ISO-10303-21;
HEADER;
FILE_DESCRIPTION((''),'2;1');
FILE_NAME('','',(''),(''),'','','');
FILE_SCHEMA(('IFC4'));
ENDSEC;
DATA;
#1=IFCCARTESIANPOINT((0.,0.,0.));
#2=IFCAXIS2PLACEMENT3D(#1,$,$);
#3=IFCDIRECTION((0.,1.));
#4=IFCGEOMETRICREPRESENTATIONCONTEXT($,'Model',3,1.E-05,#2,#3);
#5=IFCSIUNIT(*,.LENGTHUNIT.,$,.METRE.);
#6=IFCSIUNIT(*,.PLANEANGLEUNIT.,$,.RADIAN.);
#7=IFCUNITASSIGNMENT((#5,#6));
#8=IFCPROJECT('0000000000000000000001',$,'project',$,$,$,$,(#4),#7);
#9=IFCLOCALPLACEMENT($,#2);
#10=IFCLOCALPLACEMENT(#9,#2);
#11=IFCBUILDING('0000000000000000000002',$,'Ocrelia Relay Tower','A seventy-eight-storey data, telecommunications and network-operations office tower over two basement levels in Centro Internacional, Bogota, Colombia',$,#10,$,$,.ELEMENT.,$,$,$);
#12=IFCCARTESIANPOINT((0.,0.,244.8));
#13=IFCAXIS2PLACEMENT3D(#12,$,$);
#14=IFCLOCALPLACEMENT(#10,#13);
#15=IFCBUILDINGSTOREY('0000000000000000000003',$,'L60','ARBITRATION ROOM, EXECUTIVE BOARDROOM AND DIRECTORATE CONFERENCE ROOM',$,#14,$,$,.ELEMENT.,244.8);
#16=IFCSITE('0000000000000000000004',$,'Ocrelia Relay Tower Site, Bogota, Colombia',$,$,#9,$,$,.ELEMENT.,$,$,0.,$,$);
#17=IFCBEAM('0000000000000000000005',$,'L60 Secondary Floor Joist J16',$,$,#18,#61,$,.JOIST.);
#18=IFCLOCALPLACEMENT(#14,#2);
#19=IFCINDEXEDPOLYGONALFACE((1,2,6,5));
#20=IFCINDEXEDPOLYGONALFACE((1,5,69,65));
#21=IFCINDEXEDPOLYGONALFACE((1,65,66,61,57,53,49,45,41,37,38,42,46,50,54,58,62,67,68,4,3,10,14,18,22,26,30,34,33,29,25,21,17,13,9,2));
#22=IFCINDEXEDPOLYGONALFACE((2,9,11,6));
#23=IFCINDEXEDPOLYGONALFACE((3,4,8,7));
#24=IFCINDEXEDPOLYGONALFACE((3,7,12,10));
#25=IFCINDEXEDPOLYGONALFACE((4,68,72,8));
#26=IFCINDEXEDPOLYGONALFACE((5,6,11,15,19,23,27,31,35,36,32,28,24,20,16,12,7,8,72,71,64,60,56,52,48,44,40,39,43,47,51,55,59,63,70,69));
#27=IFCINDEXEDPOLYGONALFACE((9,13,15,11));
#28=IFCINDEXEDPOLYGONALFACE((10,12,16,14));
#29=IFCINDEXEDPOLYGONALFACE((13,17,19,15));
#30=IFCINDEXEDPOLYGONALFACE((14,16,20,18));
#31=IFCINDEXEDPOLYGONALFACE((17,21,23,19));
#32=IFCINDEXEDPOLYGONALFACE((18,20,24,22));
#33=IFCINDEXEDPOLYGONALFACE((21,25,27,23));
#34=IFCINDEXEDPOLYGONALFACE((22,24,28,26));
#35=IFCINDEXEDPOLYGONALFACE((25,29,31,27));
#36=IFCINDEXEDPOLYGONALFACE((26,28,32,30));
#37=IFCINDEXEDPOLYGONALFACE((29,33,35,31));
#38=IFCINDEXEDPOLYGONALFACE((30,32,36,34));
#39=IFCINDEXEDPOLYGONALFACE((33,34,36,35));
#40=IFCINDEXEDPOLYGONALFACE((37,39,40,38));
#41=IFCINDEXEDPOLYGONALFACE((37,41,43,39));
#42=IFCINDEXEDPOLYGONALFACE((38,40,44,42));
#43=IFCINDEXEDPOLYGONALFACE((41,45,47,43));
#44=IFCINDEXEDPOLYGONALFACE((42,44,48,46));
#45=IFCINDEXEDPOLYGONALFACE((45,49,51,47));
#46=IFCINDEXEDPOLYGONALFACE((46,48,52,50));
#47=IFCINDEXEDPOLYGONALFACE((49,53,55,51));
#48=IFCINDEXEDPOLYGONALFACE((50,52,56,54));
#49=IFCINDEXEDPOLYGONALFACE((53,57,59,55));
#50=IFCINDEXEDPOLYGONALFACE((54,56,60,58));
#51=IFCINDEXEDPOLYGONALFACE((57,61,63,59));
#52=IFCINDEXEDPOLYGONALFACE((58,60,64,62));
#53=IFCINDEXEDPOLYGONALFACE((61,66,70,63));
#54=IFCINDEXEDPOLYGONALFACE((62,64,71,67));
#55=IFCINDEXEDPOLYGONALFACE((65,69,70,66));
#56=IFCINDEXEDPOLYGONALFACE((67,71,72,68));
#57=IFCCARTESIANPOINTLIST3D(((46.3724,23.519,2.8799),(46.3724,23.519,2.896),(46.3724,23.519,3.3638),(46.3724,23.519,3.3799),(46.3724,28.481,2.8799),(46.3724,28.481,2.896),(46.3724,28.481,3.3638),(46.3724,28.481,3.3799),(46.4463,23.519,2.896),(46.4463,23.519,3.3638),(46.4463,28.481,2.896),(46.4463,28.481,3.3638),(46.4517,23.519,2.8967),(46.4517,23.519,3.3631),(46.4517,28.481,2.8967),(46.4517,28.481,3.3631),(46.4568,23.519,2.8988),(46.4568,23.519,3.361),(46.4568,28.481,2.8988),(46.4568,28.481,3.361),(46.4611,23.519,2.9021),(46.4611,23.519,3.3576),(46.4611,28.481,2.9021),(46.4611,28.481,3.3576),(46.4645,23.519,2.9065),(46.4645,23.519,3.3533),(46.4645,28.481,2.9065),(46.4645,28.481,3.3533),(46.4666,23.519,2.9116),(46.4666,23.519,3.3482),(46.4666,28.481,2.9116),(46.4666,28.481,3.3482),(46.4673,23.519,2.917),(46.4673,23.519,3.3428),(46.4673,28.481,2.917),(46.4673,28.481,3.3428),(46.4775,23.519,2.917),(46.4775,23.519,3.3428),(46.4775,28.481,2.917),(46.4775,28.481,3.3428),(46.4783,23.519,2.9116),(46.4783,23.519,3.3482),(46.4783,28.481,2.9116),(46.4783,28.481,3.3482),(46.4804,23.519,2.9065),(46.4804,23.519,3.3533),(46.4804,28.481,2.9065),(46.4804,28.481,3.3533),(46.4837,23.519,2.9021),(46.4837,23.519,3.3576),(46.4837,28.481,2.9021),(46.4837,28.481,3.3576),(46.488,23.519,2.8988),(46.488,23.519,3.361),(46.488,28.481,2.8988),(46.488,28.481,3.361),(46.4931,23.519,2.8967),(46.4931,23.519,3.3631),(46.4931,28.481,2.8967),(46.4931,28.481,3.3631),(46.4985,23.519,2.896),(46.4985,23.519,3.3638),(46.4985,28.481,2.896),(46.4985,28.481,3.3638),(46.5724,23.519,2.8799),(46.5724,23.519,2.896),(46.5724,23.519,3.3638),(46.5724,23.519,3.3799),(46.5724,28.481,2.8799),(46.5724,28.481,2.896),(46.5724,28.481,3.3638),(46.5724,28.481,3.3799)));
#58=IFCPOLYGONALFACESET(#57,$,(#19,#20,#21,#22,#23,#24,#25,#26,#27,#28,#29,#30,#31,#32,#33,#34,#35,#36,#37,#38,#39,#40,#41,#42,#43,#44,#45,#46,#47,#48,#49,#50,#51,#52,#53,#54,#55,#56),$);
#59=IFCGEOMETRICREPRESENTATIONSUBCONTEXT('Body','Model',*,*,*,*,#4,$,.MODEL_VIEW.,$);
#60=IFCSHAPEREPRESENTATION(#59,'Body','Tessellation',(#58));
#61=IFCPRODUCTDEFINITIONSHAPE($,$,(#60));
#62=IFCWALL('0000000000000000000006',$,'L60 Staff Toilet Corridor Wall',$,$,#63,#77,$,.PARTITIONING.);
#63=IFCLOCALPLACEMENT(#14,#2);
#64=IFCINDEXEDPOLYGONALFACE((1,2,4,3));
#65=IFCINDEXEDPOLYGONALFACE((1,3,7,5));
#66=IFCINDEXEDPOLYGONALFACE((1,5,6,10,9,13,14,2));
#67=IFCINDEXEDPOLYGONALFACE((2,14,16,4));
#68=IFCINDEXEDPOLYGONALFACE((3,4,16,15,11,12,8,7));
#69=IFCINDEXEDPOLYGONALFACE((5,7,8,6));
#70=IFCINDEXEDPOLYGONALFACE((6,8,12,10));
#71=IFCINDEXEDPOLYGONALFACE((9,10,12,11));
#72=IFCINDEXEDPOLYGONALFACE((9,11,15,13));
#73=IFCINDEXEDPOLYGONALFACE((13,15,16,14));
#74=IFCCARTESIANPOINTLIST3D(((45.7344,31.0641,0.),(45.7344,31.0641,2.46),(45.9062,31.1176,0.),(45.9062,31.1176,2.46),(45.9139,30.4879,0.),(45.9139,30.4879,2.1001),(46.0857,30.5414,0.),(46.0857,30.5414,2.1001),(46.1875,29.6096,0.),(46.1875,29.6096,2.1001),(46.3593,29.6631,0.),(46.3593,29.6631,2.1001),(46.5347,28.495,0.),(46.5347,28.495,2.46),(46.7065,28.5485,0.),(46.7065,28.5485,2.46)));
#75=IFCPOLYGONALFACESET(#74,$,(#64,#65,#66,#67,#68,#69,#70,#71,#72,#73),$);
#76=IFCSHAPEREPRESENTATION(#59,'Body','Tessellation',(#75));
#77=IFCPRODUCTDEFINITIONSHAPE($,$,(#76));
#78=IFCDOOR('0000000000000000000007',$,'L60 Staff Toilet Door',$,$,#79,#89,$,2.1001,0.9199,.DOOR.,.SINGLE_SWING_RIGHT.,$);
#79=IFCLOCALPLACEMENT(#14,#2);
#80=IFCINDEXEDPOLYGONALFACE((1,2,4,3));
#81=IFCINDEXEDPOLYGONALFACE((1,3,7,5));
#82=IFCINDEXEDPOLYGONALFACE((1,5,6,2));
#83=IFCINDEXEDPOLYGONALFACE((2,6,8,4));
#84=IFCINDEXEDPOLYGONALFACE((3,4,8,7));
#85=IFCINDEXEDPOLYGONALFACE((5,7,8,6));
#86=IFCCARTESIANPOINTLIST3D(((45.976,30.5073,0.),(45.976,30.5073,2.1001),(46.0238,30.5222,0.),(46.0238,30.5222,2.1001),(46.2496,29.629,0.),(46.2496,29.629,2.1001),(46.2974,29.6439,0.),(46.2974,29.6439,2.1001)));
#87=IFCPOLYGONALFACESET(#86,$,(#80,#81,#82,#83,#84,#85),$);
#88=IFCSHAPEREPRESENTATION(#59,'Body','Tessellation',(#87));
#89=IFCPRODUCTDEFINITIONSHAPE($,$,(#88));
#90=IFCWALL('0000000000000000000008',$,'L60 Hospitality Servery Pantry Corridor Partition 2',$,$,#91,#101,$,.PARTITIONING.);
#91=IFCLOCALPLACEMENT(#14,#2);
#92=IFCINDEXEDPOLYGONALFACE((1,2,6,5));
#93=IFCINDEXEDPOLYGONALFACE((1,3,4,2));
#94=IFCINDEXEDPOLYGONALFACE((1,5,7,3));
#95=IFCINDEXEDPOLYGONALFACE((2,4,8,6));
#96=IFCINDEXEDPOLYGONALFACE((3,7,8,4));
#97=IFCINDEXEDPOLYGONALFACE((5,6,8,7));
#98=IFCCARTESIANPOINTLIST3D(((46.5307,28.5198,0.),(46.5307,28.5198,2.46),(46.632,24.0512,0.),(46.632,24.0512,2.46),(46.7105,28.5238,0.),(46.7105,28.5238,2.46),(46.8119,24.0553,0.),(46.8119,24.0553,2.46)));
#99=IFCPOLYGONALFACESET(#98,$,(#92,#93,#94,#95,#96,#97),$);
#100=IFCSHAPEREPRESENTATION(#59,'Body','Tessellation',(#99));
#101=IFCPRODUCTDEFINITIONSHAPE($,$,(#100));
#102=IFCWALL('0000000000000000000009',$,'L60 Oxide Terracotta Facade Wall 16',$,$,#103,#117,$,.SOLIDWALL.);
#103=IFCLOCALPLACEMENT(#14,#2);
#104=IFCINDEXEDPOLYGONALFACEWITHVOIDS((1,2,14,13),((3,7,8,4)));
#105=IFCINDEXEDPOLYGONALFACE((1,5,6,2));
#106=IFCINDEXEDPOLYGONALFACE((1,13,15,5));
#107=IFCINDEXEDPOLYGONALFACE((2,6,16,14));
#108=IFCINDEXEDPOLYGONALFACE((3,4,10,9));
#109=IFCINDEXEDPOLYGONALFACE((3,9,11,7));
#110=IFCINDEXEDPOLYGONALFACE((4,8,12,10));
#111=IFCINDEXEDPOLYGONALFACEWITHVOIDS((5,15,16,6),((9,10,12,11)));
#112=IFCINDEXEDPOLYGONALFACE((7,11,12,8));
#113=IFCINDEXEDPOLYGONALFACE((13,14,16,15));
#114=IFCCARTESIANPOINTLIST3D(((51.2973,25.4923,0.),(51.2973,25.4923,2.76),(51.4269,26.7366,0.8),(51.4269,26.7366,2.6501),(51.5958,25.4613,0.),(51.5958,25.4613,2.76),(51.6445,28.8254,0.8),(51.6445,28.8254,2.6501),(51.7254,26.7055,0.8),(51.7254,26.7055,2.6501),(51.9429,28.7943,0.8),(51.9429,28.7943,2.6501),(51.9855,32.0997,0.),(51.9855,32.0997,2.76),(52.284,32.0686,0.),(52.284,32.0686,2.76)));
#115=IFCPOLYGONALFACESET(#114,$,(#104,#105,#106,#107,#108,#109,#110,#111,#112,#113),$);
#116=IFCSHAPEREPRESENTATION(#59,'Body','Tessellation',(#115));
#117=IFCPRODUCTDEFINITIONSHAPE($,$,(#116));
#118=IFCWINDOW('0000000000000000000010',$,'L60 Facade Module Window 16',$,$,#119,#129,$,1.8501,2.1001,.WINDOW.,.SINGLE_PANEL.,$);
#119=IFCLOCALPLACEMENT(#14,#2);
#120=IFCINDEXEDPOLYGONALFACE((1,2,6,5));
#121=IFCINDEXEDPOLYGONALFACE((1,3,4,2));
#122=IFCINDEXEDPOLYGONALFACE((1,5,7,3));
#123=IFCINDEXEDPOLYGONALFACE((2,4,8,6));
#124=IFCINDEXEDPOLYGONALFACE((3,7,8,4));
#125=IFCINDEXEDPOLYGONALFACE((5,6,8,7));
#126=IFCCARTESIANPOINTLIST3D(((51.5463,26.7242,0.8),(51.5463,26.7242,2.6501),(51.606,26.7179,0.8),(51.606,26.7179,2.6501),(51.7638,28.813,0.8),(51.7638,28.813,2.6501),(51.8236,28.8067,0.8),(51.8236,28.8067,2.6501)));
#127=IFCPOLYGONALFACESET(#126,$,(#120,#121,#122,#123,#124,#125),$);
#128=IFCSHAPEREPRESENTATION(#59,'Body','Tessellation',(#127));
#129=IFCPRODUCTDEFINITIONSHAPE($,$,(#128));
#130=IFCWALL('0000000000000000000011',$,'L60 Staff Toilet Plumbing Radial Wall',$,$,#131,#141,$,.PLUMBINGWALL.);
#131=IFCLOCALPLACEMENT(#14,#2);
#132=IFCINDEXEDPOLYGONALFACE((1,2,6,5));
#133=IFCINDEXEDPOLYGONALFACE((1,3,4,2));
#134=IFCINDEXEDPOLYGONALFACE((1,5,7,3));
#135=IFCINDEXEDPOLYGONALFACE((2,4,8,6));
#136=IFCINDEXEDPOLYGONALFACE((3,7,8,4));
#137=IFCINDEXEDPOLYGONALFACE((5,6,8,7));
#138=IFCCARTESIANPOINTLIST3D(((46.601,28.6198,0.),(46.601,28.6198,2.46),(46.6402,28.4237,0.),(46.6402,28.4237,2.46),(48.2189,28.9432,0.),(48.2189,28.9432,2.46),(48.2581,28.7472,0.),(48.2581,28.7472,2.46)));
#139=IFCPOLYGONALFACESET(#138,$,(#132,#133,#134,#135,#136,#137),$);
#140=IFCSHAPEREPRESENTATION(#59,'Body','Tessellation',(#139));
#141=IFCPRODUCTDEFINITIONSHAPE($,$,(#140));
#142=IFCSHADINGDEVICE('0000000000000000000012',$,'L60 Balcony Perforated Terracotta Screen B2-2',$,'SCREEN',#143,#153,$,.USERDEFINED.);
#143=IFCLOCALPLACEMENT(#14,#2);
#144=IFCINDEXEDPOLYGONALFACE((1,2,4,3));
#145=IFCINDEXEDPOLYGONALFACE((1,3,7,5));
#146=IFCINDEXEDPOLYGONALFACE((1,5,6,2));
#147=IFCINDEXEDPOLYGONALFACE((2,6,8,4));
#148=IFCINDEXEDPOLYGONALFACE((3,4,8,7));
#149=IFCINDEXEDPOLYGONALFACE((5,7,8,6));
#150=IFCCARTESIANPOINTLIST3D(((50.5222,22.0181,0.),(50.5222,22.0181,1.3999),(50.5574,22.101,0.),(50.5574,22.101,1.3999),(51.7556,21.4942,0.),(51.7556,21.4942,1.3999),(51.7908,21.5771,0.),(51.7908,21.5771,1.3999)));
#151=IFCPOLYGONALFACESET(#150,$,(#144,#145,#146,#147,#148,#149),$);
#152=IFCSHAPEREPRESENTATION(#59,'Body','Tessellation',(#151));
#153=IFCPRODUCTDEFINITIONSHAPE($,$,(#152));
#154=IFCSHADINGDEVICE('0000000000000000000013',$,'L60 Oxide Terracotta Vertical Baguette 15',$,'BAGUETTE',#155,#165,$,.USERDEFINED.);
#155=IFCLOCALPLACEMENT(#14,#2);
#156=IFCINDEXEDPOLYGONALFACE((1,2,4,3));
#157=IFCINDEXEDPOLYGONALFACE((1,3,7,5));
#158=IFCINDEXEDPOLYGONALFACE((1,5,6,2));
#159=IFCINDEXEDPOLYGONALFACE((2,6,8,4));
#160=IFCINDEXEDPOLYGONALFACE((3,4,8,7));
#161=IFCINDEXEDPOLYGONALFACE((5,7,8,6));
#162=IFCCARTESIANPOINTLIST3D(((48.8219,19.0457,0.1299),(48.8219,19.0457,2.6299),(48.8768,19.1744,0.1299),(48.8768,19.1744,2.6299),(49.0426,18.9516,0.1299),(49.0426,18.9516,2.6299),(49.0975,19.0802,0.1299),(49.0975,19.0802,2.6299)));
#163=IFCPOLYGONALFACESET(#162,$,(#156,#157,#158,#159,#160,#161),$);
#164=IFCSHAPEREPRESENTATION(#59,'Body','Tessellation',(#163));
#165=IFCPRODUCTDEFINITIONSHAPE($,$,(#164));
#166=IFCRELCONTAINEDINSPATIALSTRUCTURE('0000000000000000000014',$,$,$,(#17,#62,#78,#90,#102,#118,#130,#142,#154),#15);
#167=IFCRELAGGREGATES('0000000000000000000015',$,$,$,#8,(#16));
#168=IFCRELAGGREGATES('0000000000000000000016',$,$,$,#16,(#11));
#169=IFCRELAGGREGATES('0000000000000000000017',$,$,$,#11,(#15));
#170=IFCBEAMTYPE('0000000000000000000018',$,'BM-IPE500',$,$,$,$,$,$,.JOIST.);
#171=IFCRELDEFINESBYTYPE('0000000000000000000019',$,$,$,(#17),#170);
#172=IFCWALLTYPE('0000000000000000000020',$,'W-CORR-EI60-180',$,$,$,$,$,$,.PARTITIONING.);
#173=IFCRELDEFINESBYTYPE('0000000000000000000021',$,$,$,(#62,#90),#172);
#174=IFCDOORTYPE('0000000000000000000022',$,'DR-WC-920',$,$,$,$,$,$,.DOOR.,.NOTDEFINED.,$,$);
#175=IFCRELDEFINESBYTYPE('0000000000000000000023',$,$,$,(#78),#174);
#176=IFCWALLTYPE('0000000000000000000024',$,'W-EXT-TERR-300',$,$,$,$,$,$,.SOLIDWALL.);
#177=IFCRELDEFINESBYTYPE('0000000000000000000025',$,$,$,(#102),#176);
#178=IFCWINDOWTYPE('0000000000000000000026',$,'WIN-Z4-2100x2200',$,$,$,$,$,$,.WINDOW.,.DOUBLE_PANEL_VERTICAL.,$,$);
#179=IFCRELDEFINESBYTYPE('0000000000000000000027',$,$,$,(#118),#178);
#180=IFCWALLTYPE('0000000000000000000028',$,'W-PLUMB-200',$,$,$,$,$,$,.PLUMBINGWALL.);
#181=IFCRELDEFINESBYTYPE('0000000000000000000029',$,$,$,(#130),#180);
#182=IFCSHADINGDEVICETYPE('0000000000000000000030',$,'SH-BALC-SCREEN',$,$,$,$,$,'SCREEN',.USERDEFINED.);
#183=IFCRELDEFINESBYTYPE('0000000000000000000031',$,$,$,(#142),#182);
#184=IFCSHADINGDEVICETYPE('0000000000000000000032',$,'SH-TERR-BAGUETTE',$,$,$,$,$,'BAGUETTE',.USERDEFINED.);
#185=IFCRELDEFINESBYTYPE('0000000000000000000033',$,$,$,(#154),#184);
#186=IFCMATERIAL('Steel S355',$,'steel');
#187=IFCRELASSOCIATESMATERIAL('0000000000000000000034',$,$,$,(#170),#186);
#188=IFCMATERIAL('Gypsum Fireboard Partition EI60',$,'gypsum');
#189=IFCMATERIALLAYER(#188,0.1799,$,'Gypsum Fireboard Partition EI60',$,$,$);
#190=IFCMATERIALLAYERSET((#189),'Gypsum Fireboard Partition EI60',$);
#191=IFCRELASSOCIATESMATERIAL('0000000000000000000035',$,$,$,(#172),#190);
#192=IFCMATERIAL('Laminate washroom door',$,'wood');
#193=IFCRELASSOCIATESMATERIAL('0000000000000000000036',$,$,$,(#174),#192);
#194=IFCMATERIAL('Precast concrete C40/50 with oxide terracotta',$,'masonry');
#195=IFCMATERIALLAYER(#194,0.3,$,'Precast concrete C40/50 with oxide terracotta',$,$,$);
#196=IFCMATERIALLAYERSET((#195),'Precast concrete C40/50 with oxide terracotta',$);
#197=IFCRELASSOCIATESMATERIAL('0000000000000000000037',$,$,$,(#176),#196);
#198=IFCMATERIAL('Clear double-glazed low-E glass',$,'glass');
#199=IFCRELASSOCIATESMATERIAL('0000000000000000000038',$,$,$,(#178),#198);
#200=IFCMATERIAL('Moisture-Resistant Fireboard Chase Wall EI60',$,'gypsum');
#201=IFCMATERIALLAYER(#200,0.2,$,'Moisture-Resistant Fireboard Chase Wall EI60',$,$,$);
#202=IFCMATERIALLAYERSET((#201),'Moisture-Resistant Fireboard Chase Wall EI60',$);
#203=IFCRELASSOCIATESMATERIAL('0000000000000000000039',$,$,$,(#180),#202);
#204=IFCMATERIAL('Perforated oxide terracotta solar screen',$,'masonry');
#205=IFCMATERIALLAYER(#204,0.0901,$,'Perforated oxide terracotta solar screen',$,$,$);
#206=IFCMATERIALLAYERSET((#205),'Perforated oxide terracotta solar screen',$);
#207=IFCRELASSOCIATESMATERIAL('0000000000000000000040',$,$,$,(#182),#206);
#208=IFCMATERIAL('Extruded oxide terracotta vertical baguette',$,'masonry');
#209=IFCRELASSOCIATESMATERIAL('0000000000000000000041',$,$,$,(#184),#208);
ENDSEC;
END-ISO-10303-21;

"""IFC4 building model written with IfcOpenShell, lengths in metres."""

from ifc_helpers import new_model, si_unit, direction, frame, frame_2d, origin, origin_2d, place, context, subcontext, project, spatial, rectangle, i_section, extrude, material, layer, layer_set, material_profile, profile_set, type_object, element, fill, save


model = new_model("IFC4")

# Units and contexts
model_context = context("Model", 3, precision=1e-05, world=origin(), true_north=direction((0.0, 1.0)))
body_context = subcontext(model_context, "Body", "Model", "MODEL_VIEW")
ifc_project = project(units=[si_unit("LENGTHUNIT", "METRE"), si_unit("PLANEANGLEUNIT", "RADIAN")], contexts=[model_context])

# Site, building, storey
site_placement = place(None, origin())
site = spatial("IfcSite", under=ifc_project, at=site_placement, Name="Ocrelia Relay Tower Site, Bogota, Colombia", CompositionType="ELEMENT", RefElevation=0.0)
building_placement = place(site_placement, origin())
building = spatial("IfcBuilding", under=site, at=building_placement, Name="Ocrelia Relay Tower", Description="A seventy-eight-storey data, telecommunications and network-operations office tower over two basement levels in Centro Internacional, Bogota, Colombia", CompositionType="ELEMENT")
storey_placement = place(building_placement, frame((0.0, 0.0, 244.8)))
storey = spatial("IfcBuildingStorey", under=building, at=storey_placement, Name="L60", Description="ARBITRATION ROOM, EXECUTIVE BOARDROOM AND DIRECTORATE CONFERENCE ROOM", CompositionType="ELEMENT", Elevation=244.8)

# Beam
ifc_material_1 = material(Name="Steel S355", Category="steel")
ifc_material_profile_1 = material_profile(ifc_material_1, i_section(OverallWidth=0.2, OverallDepth=0.5, WebThickness=0.0103, FlangeThickness=0.0161, FilletRadius=0.021, at=origin_2d()), Name="IPE 500")
ifc_profile_set_1 = profile_set([ifc_material_profile_1], Name="Steel S355")
beam_type_1 = type_object("IfcBeamType", Name="BM-IPE500", PredefinedType="JOIST", material=ifc_profile_set_1)
beam_1_placement = place(storey_placement, frame((46.4724, 23.519, 3.1299), z_axis=(0.0, 1.0, 0.0), x_axis=(-1.0, 0.0, 0.0)))
element("IfcBeam", 1, at=beam_1_placement, inside=storey, type_object=beam_type_1, Name="L60 Secondary Floor Joist J16", PredefinedType="JOIST", context=body_context, shape_type="SweptSolid", body=[
    extrude(i_section(OverallWidth=0.2, OverallDepth=0.5, WebThickness=0.0103, FlangeThickness=0.0161, FilletRadius=0.021, at=origin_2d()), origin(), (0.0, 0.0, 1.0), 4.9619),
])

# Wall, opening, door
ifc_material_2 = material(Name="Gypsum Fireboard Partition EI60", Category="gypsum")
ifc_layer_1 = layer(ifc_material_2, 0.1799, Name="Gypsum Fireboard Partition EI60")
ifc_layer_set_1 = layer_set([ifc_layer_1], Name="Gypsum Fireboard Partition EI60")
wall_type_1 = type_object("IfcWallType", Name="W-CORR-EI60-180", PredefinedType="PARTITIONING", material=ifc_layer_set_1)
wall_1_placement = place(storey_placement, frame((46.6206, 28.5217, 0.0), z_axis=(0.0, 0.0, 1.0), x_axis=(-0.297412, 0.954749, 0.0)))
wall_1 = element("IfcWall", 2, at=wall_1_placement, inside=storey, type_object=wall_type_1, Name="L60 Staff Toilet Corridor Wall", PredefinedType="PARTITIONING", context=body_context, shape_type="SweptSolid", body=[
    extrude(rectangle(XDim=2.6909, YDim=0.1799, at=frame_2d((1.3455, 0.0))), origin(), (0.0, 0.0, 1.0), 2.46),
])
opening_1_placement = place(wall_1_placement, frame((1.1675, 0.0, 0.0)))
opening_1 = element("IfcOpeningElement", 3, at=opening_1_placement, cuts=wall_1, PredefinedType="OPENING", context=body_context, shape_type="SweptSolid", body=[
    extrude(rectangle(XDim=0.9199, YDim=2.1001, at=frame_2d((0.46, 1.05))), frame((0.0, 0.1001, 0.0), z_axis=(0.0, -1.0, 0.0), x_axis=(1.0, 0.0, 0.0)), (0.0, 0.0, 1.0), 0.2),
])
ifc_material_3 = material(Name="Laminate washroom door", Category="wood")
door_type_1 = type_object("IfcDoorType", Name="DR-WC-920", OperationType="NOTDEFINED", PredefinedType="DOOR", material=ifc_material_3)
door_1_placement = place(opening_1_placement, origin())
door_1 = element("IfcDoor", 4, at=door_1_placement, inside=storey, type_object=door_type_1, Name="L60 Staff Toilet Door", OperationType="SINGLE_SWING_RIGHT", OverallHeight=2.1001, OverallWidth=0.9199, PredefinedType="DOOR", context=body_context, shape_type="SweptSolid", body=[
    extrude(rectangle(XDim=0.9199, YDim=2.1001, at=frame_2d((0.46, 1.05))), frame((0.0, 0.0249, 0.0), z_axis=(0.0, -1.0, 0.0), x_axis=(1.0, 0.0, 0.0)), (0.0, 0.0, 1.0), 0.05),
])
fill(opening_1, door_1)

# Wall
wall_2_placement = place(storey_placement, frame((46.7219, 24.0532, 0.0), z_axis=(0.0, 0.0, 1.0), x_axis=(-0.022668, 0.999743, 0.0)))
element("IfcWall", 5, at=wall_2_placement, inside=storey, type_object=wall_type_1, Name="L60 Hospitality Servery Pantry Corridor Partition 2", PredefinedType="PARTITIONING", context=body_context, shape_type="SweptSolid", body=[
    extrude(rectangle(XDim=4.4697, YDim=0.1799, at=frame_2d((2.2349, 0.0))), origin(), (0.0, 0.0, 1.0), 2.46),
])

# Wall, opening, window
ifc_material_4 = material(Name="Precast concrete C40/50 with oxide terracotta", Category="masonry")
ifc_layer_2 = layer(ifc_material_4, 0.3, Name="Precast concrete C40/50 with oxide terracotta")
ifc_layer_set_2 = layer_set([ifc_layer_2], Name="Precast concrete C40/50 with oxide terracotta")
wall_type_2 = type_object("IfcWallType", Name="W-EXT-TERR-300", PredefinedType="SOLIDWALL", material=ifc_layer_set_2)
wall_3_placement = place(storey_placement, frame((51.4465, 25.4768, 0.0), z_axis=(0.0, 0.0, 1.0), x_axis=(0.1036, 0.994619, 0.0)))
wall_3 = element("IfcWall", 6, at=wall_3_placement, inside=storey, type_object=wall_type_2, Name="L60 Oxide Terracotta Facade Wall 16", PredefinedType="SOLIDWALL", context=body_context, shape_type="SweptSolid", body=[
    extrude(rectangle(XDim=6.6431, YDim=0.3, at=frame_2d((3.3215, 0.0))), origin(), (0.0, 0.0, 1.0), 2.76),
])
opening_2_placement = place(wall_3_placement, frame((1.251, 0.0, 0.8)))
opening_2 = element("IfcOpeningElement", 7, at=opening_2_placement, cuts=wall_3, PredefinedType="OPENING", context=body_context, shape_type="SweptSolid", body=[
    extrude(rectangle(XDim=2.1001, YDim=1.8501, at=frame_2d((1.05, 0.925))), frame((0.0, 0.1602, 0.0), z_axis=(0.0, -1.0, 0.0), x_axis=(1.0, 0.0, 0.0)), (0.0, 0.0, 1.0), 0.3201),
])
ifc_material_5 = material(Name="Clear double-glazed low-E glass", Category="glass")
window_type = type_object("IfcWindowType", Name="WIN-Z4-2100x2200", PartitioningType="DOUBLE_PANEL_VERTICAL", PredefinedType="WINDOW", material=ifc_material_5)
window_placement = place(opening_2_placement, origin())
window = element("IfcWindow", 8, at=window_placement, inside=storey, type_object=window_type, Name="L60 Facade Module Window 16", OverallHeight=1.8501, OverallWidth=2.1001, PartitioningType="SINGLE_PANEL", PredefinedType="WINDOW", context=body_context, shape_type="SweptSolid", body=[
    extrude(rectangle(XDim=2.1001, YDim=1.8501, at=frame_2d((1.05, 0.925))), frame((0.0, 0.03, 0.0), z_axis=(0.0, -1.0, 0.0), x_axis=(1.0, 0.0, 0.0)), (0.0, 0.0, 1.0), 0.0601),
])
fill(opening_2, window)

# Wall
ifc_material_6 = material(Name="Moisture-Resistant Fireboard Chase Wall EI60", Category="gypsum")
ifc_layer_3 = layer(ifc_material_6, 0.2, Name="Moisture-Resistant Fireboard Chase Wall EI60")
ifc_layer_set_3 = layer_set([ifc_layer_3], Name="Moisture-Resistant Fireboard Chase Wall EI60")
wall_type_3 = type_object("IfcWallType", Name="W-PLUMB-200", PredefinedType="PLUMBINGWALL", material=ifc_layer_set_3)
wall_4_placement = place(storey_placement, frame((46.6206, 28.5217, 0.0), z_axis=(0.0, 0.0, 1.0), x_axis=(0.980592, 0.196059, 0.0)))
element("IfcWall", 9, at=wall_4_placement, inside=storey, type_object=wall_type_3, Name="L60 Staff Toilet Plumbing Radial Wall", PredefinedType="PLUMBINGWALL", context=body_context, shape_type="SweptSolid", body=[
    extrude(rectangle(XDim=1.6499, YDim=0.2, at=frame_2d((0.825, 0.0))), origin(), (0.0, 0.0, 1.0), 2.46),
])

# Shading devices
ifc_material_7 = material(Name="Perforated oxide terracotta solar screen", Category="masonry")
ifc_layer_4 = layer(ifc_material_7, 0.0901, Name="Perforated oxide terracotta solar screen")
ifc_layer_set_4 = layer_set([ifc_layer_4], Name="Perforated oxide terracotta solar screen")
shading_device_type_1 = type_object("IfcShadingDeviceType", Name="SH-BALC-SCREEN", ElementType="SCREEN", PredefinedType="USERDEFINED", material=ifc_layer_set_4)
shading_device_1_placement = place(storey_placement, frame((51.1565, 21.7976, 0.0), z_axis=(0.0, 0.0, 1.0), x_axis=(0.920399, -0.390981, 0.0)))
element("IfcShadingDevice", 10, at=shading_device_1_placement, inside=storey, type_object=shading_device_type_1, Name="L60 Balcony Perforated Terracotta Screen B2-2", ObjectType="SCREEN", PredefinedType="USERDEFINED", context=body_context, shape_type="SweptSolid", body=[
    extrude(rectangle(XDim=1.3401, YDim=0.0901, at=origin_2d()), origin(), (0.0, 0.0, 1.0), 1.3999),
])
ifc_material_8 = material(Name="Extruded oxide terracotta vertical baguette", Category="masonry")
shading_device_type_2 = type_object("IfcShadingDeviceType", Name="SH-TERR-BAGUETTE", ElementType="BAGUETTE", PredefinedType="USERDEFINED", material=ifc_material_8)
for number, where, z_axis, x_axis, name in (
    (11, (48.9597, 19.063, 0.1299), (0.0, 0.0, 1.0), (0.39247, 0.919765, 0.0), "L60 Oxide Terracotta Vertical Baguette 15"),
):
    element("IfcShadingDevice", number, at=place(storey_placement, frame(where, z_axis=z_axis, x_axis=x_axis)), inside=storey, type_object=shading_device_type_2, Name=name, ObjectType="BAGUETTE", PredefinedType="USERDEFINED", context=body_context, shape_type="SweptSolid", body=[
        extrude(rectangle(XDim=0.1399, YDim=0.24, at=origin_2d()), origin(), (0.0, 0.0, 1.0), 2.5),
    ])

save(model, "model.ifc")
